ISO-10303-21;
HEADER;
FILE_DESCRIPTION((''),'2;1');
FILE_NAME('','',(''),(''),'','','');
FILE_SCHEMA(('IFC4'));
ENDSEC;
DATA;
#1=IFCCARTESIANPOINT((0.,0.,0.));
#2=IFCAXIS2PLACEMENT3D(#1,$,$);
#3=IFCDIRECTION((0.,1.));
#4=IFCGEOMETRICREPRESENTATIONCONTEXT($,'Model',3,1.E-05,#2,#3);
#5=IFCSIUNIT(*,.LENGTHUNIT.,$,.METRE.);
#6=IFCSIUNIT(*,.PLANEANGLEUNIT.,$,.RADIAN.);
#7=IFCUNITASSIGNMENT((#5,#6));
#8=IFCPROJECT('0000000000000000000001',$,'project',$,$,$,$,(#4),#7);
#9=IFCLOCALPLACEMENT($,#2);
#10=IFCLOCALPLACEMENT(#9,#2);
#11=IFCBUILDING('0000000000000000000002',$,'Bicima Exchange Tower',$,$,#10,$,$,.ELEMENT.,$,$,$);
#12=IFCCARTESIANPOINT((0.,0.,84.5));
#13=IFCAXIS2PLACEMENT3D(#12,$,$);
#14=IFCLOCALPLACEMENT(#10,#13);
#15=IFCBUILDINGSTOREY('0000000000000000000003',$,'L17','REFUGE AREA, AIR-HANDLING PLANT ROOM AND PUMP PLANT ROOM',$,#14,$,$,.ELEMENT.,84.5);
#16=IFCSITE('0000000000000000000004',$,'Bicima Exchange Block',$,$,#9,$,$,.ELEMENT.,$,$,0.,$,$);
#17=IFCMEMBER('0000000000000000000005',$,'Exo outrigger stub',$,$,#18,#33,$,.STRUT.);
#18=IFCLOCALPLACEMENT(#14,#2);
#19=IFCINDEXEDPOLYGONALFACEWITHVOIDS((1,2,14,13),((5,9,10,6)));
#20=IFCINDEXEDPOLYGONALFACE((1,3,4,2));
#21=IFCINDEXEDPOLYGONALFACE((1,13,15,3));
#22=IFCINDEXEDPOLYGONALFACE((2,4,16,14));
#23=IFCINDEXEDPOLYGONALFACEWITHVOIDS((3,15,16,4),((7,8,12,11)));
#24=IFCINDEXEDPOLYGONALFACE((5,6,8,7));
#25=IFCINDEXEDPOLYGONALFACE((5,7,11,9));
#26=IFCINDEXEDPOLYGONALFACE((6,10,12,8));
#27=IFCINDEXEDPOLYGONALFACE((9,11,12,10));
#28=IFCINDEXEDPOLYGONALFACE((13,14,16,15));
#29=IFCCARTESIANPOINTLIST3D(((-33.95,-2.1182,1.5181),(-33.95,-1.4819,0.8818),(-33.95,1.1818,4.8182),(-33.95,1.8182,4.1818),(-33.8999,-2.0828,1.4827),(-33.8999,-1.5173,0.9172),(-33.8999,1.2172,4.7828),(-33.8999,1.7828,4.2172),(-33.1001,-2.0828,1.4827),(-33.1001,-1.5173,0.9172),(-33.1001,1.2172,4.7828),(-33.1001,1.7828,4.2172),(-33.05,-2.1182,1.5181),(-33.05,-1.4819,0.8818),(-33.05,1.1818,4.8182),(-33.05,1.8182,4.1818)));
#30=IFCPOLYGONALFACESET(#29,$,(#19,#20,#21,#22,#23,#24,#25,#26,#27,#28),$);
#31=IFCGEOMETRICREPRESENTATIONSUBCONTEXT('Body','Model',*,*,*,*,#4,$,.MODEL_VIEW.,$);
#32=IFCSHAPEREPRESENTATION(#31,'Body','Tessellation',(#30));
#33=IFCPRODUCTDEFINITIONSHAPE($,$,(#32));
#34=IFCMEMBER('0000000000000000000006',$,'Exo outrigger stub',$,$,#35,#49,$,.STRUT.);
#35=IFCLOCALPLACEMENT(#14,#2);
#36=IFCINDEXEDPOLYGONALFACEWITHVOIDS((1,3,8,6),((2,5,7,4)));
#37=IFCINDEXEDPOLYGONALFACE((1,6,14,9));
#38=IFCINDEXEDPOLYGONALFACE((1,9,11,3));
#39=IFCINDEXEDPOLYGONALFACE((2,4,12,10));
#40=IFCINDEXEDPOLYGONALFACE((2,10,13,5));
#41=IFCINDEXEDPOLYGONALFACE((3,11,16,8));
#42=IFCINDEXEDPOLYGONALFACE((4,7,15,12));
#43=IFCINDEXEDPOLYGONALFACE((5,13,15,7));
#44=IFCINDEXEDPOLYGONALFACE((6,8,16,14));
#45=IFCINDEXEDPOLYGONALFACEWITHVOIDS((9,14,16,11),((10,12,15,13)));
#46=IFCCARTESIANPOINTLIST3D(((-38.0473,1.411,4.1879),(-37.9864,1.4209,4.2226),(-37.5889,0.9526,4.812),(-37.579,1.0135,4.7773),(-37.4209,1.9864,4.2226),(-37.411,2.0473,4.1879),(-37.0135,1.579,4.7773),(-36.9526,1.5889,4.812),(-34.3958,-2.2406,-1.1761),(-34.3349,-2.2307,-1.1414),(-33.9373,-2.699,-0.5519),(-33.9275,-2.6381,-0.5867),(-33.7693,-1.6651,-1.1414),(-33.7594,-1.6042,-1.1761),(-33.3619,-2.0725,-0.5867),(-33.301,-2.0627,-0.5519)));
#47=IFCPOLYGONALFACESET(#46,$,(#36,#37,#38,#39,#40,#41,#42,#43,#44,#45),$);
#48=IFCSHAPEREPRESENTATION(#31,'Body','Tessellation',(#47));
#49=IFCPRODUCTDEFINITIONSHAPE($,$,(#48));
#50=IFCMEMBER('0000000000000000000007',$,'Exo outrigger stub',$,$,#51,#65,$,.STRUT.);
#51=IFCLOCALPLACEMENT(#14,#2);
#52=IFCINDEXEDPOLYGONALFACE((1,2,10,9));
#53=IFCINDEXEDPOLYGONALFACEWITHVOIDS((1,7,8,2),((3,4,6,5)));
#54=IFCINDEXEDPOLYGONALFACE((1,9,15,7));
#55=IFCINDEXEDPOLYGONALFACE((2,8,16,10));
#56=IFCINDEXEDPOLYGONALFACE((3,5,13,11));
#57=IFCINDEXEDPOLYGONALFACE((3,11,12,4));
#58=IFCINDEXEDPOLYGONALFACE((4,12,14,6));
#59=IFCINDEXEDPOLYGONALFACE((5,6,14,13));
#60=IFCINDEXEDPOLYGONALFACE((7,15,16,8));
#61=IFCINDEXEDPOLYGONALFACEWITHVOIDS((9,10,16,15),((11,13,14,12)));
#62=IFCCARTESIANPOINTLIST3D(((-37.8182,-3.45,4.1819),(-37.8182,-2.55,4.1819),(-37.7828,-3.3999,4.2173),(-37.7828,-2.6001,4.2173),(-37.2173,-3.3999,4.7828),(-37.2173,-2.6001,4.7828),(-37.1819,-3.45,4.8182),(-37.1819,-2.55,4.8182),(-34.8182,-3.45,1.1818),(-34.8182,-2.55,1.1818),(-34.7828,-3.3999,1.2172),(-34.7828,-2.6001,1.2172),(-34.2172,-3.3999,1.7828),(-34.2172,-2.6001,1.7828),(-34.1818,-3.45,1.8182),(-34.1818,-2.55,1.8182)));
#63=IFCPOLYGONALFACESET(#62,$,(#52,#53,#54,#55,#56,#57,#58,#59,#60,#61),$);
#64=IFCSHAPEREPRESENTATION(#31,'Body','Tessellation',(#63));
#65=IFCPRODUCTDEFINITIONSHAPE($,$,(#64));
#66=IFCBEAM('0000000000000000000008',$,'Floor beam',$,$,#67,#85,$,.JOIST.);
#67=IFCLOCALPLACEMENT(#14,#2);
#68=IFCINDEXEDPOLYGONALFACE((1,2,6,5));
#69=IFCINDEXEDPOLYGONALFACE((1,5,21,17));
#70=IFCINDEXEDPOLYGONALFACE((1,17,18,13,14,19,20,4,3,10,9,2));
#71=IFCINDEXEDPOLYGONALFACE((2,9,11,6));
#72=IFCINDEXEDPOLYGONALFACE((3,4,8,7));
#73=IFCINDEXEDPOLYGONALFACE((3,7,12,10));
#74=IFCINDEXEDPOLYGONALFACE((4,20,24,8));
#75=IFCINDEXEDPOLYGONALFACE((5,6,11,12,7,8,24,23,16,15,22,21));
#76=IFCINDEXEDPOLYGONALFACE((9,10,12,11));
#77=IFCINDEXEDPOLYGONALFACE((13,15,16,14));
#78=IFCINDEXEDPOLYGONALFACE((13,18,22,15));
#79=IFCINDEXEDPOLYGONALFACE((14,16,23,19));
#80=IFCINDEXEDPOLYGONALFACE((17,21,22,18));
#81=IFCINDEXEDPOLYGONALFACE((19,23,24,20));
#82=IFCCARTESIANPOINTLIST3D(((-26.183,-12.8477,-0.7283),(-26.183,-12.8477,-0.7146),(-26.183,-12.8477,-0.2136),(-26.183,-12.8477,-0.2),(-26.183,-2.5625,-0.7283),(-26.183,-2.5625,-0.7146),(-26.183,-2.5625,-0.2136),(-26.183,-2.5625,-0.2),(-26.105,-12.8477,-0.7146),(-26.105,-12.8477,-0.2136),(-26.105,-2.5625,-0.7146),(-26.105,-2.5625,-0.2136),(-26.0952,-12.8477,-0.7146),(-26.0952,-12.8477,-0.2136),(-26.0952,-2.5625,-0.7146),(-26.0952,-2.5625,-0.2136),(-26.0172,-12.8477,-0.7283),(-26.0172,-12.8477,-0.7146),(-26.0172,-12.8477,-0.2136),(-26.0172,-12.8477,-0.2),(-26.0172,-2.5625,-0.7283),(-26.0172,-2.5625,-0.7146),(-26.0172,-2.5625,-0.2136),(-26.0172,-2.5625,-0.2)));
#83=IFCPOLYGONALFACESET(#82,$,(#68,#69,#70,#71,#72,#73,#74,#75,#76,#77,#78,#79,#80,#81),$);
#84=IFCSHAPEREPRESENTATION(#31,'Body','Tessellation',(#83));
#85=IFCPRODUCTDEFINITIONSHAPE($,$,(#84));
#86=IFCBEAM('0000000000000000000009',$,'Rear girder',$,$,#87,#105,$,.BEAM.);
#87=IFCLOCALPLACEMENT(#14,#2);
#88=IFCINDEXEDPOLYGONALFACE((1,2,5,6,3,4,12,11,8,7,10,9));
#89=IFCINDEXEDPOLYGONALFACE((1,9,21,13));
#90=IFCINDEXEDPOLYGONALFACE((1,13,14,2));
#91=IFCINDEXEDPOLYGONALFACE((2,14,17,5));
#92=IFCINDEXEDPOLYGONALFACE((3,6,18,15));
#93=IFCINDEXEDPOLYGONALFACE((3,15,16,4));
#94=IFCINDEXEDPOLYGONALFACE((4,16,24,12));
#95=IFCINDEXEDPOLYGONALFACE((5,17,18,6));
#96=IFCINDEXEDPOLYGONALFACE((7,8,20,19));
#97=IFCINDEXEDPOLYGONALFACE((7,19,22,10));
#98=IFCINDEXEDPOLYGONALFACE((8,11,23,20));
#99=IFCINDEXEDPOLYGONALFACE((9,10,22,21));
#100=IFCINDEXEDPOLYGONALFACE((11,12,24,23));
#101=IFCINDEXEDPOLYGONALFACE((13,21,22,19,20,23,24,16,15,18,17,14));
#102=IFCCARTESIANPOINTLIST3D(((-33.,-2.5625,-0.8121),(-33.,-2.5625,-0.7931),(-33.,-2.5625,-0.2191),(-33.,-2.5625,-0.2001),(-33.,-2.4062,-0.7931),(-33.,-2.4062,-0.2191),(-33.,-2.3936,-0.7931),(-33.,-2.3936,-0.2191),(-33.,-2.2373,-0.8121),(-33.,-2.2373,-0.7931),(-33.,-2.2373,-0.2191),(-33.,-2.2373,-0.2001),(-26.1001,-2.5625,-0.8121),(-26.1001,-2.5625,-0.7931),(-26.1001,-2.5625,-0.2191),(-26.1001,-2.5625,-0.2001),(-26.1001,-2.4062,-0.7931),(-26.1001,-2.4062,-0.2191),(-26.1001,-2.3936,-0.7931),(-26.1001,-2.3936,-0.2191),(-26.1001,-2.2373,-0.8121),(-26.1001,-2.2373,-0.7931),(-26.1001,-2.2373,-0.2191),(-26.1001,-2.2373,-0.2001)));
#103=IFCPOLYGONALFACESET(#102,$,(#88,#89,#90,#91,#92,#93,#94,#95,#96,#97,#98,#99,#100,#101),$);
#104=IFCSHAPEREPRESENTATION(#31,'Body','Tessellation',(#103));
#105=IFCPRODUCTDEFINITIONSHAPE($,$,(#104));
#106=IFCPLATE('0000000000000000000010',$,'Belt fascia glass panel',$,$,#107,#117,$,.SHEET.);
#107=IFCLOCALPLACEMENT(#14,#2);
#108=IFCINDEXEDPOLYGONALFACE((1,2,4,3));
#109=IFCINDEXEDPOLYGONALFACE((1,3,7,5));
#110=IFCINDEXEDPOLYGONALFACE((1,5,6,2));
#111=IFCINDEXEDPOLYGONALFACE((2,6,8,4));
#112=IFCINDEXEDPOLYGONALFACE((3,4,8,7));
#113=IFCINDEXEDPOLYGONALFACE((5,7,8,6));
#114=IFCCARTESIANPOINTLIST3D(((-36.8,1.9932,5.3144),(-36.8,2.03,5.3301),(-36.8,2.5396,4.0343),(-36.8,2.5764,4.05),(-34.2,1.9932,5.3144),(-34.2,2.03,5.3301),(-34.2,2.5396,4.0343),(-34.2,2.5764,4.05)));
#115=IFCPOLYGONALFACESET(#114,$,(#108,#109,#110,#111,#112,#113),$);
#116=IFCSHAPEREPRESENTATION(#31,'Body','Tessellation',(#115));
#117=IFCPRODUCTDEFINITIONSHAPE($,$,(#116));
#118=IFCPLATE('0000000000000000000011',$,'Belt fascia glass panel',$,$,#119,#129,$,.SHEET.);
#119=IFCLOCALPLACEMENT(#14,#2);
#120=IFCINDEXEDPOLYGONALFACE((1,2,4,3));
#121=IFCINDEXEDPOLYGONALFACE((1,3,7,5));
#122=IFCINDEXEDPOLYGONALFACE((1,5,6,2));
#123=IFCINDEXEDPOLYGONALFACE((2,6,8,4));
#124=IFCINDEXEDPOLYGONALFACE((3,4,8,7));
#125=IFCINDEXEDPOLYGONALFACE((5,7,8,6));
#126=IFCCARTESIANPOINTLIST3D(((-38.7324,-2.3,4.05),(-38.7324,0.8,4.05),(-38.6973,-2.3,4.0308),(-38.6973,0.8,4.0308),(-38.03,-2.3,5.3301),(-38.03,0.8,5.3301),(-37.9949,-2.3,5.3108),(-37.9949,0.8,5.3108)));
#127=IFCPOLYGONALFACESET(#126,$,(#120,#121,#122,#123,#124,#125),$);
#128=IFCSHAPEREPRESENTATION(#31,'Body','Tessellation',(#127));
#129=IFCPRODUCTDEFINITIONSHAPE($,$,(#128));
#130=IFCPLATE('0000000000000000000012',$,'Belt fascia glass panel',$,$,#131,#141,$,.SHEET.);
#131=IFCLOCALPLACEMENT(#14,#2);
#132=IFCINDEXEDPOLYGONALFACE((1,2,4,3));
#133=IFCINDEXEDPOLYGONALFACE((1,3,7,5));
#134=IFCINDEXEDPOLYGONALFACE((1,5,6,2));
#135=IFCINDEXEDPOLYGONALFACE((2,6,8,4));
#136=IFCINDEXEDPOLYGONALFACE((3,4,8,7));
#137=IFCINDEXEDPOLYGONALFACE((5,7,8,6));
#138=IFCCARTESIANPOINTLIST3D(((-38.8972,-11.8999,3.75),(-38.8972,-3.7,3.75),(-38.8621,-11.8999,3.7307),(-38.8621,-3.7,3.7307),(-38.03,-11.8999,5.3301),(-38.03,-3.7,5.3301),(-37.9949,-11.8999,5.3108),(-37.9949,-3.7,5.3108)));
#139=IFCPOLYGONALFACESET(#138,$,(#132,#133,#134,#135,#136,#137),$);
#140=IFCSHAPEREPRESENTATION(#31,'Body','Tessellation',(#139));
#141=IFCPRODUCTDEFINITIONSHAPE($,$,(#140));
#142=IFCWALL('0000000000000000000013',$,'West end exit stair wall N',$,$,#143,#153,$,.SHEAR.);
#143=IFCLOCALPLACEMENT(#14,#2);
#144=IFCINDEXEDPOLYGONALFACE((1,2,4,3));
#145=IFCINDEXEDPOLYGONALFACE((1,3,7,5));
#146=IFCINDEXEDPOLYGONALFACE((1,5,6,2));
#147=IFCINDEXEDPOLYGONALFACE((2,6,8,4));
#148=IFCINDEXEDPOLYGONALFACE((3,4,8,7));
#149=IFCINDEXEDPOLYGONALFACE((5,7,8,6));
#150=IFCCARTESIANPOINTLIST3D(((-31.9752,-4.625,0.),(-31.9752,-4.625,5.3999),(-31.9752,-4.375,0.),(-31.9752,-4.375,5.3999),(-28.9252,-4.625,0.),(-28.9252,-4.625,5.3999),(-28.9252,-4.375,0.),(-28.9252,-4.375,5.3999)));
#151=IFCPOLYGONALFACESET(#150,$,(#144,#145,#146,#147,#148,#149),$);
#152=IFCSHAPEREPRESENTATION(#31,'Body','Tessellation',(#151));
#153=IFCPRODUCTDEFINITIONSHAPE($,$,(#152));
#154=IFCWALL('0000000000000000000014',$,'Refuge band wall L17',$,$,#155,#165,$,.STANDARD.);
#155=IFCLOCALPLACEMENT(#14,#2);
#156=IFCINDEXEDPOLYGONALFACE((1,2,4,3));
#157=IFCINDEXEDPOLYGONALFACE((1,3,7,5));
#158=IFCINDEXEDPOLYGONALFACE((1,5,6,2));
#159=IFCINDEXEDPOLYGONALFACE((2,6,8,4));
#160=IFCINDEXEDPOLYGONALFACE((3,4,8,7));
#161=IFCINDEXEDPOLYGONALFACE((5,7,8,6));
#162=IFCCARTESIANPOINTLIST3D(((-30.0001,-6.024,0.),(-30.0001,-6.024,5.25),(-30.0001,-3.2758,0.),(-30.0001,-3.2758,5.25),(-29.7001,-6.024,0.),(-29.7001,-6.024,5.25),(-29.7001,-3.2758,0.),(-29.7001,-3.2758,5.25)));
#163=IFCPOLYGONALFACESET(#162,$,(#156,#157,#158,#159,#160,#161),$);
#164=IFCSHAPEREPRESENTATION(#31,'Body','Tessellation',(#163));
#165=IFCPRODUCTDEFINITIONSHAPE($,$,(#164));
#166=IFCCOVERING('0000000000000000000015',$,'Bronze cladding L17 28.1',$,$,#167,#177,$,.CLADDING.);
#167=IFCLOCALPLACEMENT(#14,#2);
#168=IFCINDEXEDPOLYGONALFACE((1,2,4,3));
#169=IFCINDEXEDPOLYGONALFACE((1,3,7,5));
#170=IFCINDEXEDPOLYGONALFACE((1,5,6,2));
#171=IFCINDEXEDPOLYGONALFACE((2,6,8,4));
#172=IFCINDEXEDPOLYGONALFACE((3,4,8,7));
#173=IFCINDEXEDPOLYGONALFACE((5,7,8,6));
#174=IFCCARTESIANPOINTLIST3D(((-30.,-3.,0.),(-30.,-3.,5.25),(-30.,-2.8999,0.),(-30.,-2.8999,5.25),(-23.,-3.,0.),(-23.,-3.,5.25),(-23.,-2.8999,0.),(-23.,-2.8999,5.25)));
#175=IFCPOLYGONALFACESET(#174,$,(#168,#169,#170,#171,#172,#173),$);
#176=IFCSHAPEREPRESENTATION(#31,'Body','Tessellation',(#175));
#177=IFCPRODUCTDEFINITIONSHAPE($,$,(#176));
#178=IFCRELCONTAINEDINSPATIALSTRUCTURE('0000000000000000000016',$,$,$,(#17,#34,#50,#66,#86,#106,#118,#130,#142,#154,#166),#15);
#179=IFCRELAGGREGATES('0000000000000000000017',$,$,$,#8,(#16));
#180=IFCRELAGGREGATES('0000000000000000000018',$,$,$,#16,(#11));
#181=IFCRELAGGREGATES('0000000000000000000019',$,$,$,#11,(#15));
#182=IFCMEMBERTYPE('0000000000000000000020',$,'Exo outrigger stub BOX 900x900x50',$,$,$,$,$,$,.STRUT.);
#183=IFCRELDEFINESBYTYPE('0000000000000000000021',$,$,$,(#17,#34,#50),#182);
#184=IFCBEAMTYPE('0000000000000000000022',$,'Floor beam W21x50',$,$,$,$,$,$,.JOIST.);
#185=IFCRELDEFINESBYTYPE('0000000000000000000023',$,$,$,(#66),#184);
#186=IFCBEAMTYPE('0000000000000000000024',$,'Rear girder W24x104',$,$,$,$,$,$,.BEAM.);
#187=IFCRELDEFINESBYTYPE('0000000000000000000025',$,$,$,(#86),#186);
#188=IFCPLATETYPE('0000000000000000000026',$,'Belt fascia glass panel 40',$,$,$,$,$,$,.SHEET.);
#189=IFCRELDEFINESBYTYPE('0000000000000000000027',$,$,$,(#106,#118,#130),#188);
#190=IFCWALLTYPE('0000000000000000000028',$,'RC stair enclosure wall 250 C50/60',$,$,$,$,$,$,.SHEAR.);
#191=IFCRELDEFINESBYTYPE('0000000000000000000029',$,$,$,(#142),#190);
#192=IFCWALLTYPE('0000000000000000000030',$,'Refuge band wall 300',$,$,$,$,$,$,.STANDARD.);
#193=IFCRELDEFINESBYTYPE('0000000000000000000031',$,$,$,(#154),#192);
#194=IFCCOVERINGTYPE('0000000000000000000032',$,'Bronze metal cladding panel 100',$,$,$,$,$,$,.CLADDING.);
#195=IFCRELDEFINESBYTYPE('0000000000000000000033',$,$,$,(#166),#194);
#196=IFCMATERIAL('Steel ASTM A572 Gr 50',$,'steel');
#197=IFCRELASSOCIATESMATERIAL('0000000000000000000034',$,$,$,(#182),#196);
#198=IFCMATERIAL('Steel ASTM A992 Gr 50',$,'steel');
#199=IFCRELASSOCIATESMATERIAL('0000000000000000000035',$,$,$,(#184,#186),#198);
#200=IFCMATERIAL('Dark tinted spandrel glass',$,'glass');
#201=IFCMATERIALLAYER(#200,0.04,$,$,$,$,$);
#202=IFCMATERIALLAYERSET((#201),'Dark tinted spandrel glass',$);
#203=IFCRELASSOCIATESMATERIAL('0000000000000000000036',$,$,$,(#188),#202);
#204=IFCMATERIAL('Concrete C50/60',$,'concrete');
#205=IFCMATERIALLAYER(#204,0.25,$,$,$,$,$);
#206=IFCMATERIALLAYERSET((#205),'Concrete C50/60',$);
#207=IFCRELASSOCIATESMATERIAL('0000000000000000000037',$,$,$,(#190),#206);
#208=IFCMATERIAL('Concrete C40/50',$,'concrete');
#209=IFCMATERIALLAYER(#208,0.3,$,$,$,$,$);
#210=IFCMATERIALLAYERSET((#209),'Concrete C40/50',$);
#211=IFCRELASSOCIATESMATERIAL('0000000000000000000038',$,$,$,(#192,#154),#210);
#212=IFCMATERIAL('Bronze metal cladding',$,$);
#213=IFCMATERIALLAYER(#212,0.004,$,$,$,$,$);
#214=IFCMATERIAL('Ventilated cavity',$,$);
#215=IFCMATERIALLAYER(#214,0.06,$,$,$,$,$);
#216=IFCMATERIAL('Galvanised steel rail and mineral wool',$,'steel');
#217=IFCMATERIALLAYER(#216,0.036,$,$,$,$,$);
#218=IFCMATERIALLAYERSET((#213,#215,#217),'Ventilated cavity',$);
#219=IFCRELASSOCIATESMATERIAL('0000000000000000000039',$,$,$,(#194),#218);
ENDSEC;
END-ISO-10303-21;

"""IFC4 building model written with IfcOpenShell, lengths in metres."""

from ifc_helpers import new_model, si_unit, direction, frame, frame_2d, origin, origin_2d, place, context, subcontext, project, spatial, polyline, rectangle, hollow_rectangle, i_section, outline, extrude, material, layer, layer_set, layer_usage, material_profile, profile_set, type_object, element, save


model = new_model("IFC4")

# Units and contexts
model_context = context("Model", 3, precision=1e-05, world=origin(), true_north=direction((0.0, 1.0)))
body_context = subcontext(model_context, "Body", "Model", "MODEL_VIEW")
ifc_project = project(units=[si_unit("LENGTHUNIT", "METRE"), si_unit("PLANEANGLEUNIT", "RADIAN")], contexts=[model_context])

# Site, building, storey
site_placement = place(None, origin())
site = spatial("IfcSite", under=ifc_project, at=site_placement, Name="Bicima Exchange Block", CompositionType="ELEMENT", RefElevation=0.0)
building_placement = place(site_placement, origin())
building = spatial("IfcBuilding", under=site, at=building_placement, Name="Bicima Exchange Tower", CompositionType="ELEMENT")
storey_placement = place(building_placement, frame((0.0, 0.0, 84.5)))
storey = spatial("IfcBuildingStorey", under=building, at=storey_placement, Name="L17", Description="REFUGE AREA, AIR-HANDLING PLANT ROOM AND PUMP PLANT ROOM", CompositionType="ELEMENT", Elevation=84.5)

# Shared definitions
ifc_material_1 = material(Name="Steel ASTM A572 Gr 50", Category="steel")
ifc_material_2 = material(Name="Steel ASTM A992 Gr 50", Category="steel")

# Members
ifc_material_profile_1 = material_profile(ifc_material_1, hollow_rectangle(XDim=0.8999, YDim=0.8999, WallThickness=0.05, at=origin_2d()))
ifc_profile_set_1 = profile_set([ifc_material_profile_1], Name="Steel ASTM A572 Gr 50")
member_type_1 = type_object("IfcMemberType", Name="Exo outrigger stub BOX 900x900x50", PredefinedType="STRUT", material=ifc_profile_set_1)
member_1_placement = place(storey_placement, frame((-33.5, -1.8, 1.2), z_axis=(0.0, 0.707107, 0.707107), x_axis=(-1.0, 0.0, 0.0)))
element("IfcMember", 1, at=member_1_placement, inside=storey, type_object=member_type_1, Name="Exo outrigger stub", PredefinedType="STRUT", context=body_context, shape_type="SweptSolid", body=[
    extrude(hollow_rectangle(XDim=0.8999, YDim=0.8999, WallThickness=0.05, at=origin_2d()), origin(), (0.0, 0.0, 1.0), 4.667),
])
member_2_placement = place(storey_placement, frame((-33.8484, -2.1516, -0.864), z_axis=(-0.49042, 0.49042, 0.7204), x_axis=(-0.707107, -0.707107, 0.0)))
element("IfcMember", 2, at=member_2_placement, inside=storey, type_object=member_type_1, Name="Exo outrigger stub", PredefinedType="STRUT", context=body_context, shape_type="SweptSolid", body=[
    extrude(hollow_rectangle(XDim=0.8999, YDim=0.8999, WallThickness=0.05, at=origin_2d()), origin(), (0.0, 0.0, 1.0), 7.4458),
])
member_3_placement = place(storey_placement, frame((-34.5, -3.0, 1.5), z_axis=(-0.707107, 0.0, 0.707107), x_axis=(0.0, -1.0, 0.0)))
element("IfcMember", 3, at=member_3_placement, inside=storey, type_object=member_type_1, Name="Exo outrigger stub", PredefinedType="STRUT", context=body_context, shape_type="SweptSolid", body=[
    extrude(hollow_rectangle(XDim=0.8999, YDim=0.8999, WallThickness=0.05, at=origin_2d()), origin(), (0.0, 0.0, 1.0), 4.2427),
])

# Beams
ifc_material_profile_2 = material_profile(ifc_material_2, i_section(OverallWidth=0.1658, OverallDepth=0.5283, WebThickness=0.0098, FlangeThickness=0.0137, at=origin_2d()))
ifc_profile_set_2 = profile_set([ifc_material_profile_2], Name="Steel ASTM A992 Gr 50")
beam_type_1 = type_object("IfcBeamType", Name="Floor beam W21x50", PredefinedType="JOIST", material=ifc_profile_set_2)
beam_1_placement = place(storey_placement, frame((-26.1001, -2.5625, -0.4641), z_axis=(0.0, -1.0, 0.0), x_axis=(1.0, 0.0, 0.0)))
element("IfcBeam", 4, at=beam_1_placement, inside=storey, type_object=beam_type_1, Name="Floor beam", PredefinedType="JOIST", context=body_context, shape_type="SweptSolid", body=[
    extrude(i_section(OverallWidth=0.1658, OverallDepth=0.5283, WebThickness=0.0098, FlangeThickness=0.0137, at=origin_2d()), origin(), (0.0, 0.0, 1.0), 10.2852),
])
ifc_material_profile_3 = material_profile(ifc_material_2, i_section(OverallWidth=0.3252, OverallDepth=0.6121, WebThickness=0.0127, FlangeThickness=0.019, at=origin_2d()))
ifc_profile_set_3 = profile_set([ifc_material_profile_3], Name="Steel ASTM A992 Gr 50")
beam_type_2 = type_object("IfcBeamType", Name="Rear girder W24x104", PredefinedType="BEAM", material=ifc_profile_set_3)
beam_2_placement = place(storey_placement, frame((-26.1001, -2.3999, -0.5061), z_axis=(-1.0, 0.0, 0.0), x_axis=(0.0, -1.0, 0.0)))
element("IfcBeam", 5, at=beam_2_placement, inside=storey, type_object=beam_type_2, Name="Rear girder", PredefinedType="BEAM", context=body_context, shape_type="SweptSolid", body=[
    extrude(i_section(OverallWidth=0.3252, OverallDepth=0.6121, WebThickness=0.0127, FlangeThickness=0.019, at=origin_2d()), origin(), (0.0, 0.0, 1.0), 6.8999),
])

# Plates
ifc_material_3 = material(Name="Dark tinted spandrel glass", Category="glass")
ifc_layer_1 = layer(ifc_material_3, 0.04)
ifc_layer_set_1 = layer_set([ifc_layer_1], Name="Dark tinted spandrel glass")
plate_type = type_object("IfcPlateType", Name="Belt fascia glass panel 40", PredefinedType="SHEET", material=ifc_layer_set_1)
plate_1_placement = place(storey_placement, frame((-34.2, 2.5764, 4.05), z_axis=(0.0, 0.919716, 0.392585), x_axis=(-1.0, 0.0, 0.0)))
element("IfcPlate", 6, at=plate_1_placement, inside=storey, type_object=plate_type, Name="Belt fascia glass panel", PredefinedType="SHEET", context=body_context, shape_type="SweptSolid", body=[
    extrude(outline(polyline([(0.0, 0.0), (2.6001, 0.0), (2.6001, 1.3918), (0.0, 1.3918), (0.0, 0.0)])), origin(), (0.0, 0.0, -1.0), 0.04),
])
plate_2_placement = place(storey_placement, frame((-38.7324, 0.8, 4.05), z_axis=(-0.876685, 0.0, 0.481065), x_axis=(0.0, -1.0, 0.0)))
element("IfcPlate", 7, at=plate_2_placement, inside=storey, type_object=plate_type, Name="Belt fascia glass panel", PredefinedType="SHEET", context=body_context, shape_type="SweptSolid", body=[
    extrude(outline(polyline([(0.0, 0.0), (3.1001, 0.0), (3.1001, 1.4601), (0.0, 1.4601), (0.0, 0.0)])), origin(), (0.0, 0.0, -1.0), 0.04),
])
plate_3_placement = place(storey_placement, frame((-38.8972, -3.7, 3.75), z_axis=(-0.87665, 0.0, 0.481128), x_axis=(0.0, -1.0, 0.0)))
element("IfcPlate", 8, at=plate_3_placement, inside=storey, type_object=plate_type, Name="Belt fascia glass panel", PredefinedType="SHEET", context=body_context, shape_type="SweptSolid", body=[
    extrude(outline(polyline([(0.0, 0.0), (8.2, 0.0), (8.2, 1.8024), (0.0, 1.8024), (0.0, 0.0)])), origin(), (0.0, 0.0, -1.0), 0.04),
])

# Walls
ifc_material_4 = material(Name="Concrete C50/60", Category="concrete")
ifc_layer_2 = layer(ifc_material_4, 0.25)
ifc_layer_set_2 = layer_set([ifc_layer_2], Name="Concrete C50/60")
wall_type_1 = type_object("IfcWallType", Name="RC stair enclosure wall 250 C50/60", PredefinedType="SHEAR", material=ifc_layer_set_2)
wall_1_placement = place(storey_placement, frame((-31.9751, -4.5, 0.0), z_axis=(0.0, 0.0, 1.0), x_axis=(1.0, 0.0, 0.0)))
element("IfcWall", 9, at=wall_1_placement, inside=storey, type_object=wall_type_1, Name="West end exit stair wall N", PredefinedType="SHEAR", context=body_context, shape_type="SweptSolid", body=[
    extrude(rectangle(XDim=3.05, YDim=0.25, at=frame_2d((1.5249, 0.0))), origin(), (0.0, 0.0, 1.0), 5.3999),
])
ifc_material_5 = material(Name="Concrete C40/50", Category="concrete")
ifc_layer_3 = layer(ifc_material_5, 0.3)
ifc_layer_set_3 = layer_set([ifc_layer_3], Name="Concrete C40/50")
ifc_layer_usage = layer_usage(ifc_layer_set_3, "AXIS2", "POSITIVE", -0.15)
wall_type_2 = type_object("IfcWallType", Name="Refuge band wall 300", PredefinedType="STANDARD", material=ifc_layer_set_3)
wall_2_placement = place(storey_placement, frame((-29.8501, -3.2759, 0.0), z_axis=(0.0, 0.0, 1.0), x_axis=(0.0, -1.0, 0.0)))
element("IfcWall", 10, at=wall_2_placement, inside=storey, type_object=wall_type_2, material=ifc_layer_usage, Name="Refuge band wall L17", PredefinedType="STANDARD", context=body_context, shape_type="SweptSolid", body=[
    extrude(rectangle(XDim=2.7483, YDim=0.3, at=frame_2d((1.374, 0.0))), origin(), (0.0, 0.0, 1.0), 5.25),
])

# Covering
ifc_material_6 = material(Name="Bronze metal cladding")
ifc_layer_4 = layer(ifc_material_6, 0.004)
ifc_material_7 = material(Name="Ventilated cavity")
ifc_layer_5 = layer(ifc_material_7, 0.06)
ifc_material_8 = material(Name="Galvanised steel rail and mineral wool", Category="steel")
ifc_layer_6 = layer(ifc_material_8, 0.036)
ifc_layer_set_4 = layer_set([ifc_layer_4, ifc_layer_5, ifc_layer_6], Name="Ventilated cavity")
covering_type = type_object("IfcCoveringType", Name="Bronze metal cladding panel 100", PredefinedType="CLADDING", material=ifc_layer_set_4)
covering_1_placement = place(storey_placement, frame((-26.5, -2.95, 0.0), z_axis=(0.0, 0.0, 1.0), x_axis=(-1.0, 0.0, 0.0)))
element("IfcCovering", 11, at=covering_1_placement, inside=storey, type_object=covering_type, Name="Bronze cladding L17 28.1", PredefinedType="CLADDING", context=body_context, shape_type="SweptSolid", body=[
    extrude(rectangle(XDim=7.0, YDim=0.1001, at=origin_2d()), origin(), (0.0, 0.0, 1.0), 5.25),
])

save(model, "model.ifc")
